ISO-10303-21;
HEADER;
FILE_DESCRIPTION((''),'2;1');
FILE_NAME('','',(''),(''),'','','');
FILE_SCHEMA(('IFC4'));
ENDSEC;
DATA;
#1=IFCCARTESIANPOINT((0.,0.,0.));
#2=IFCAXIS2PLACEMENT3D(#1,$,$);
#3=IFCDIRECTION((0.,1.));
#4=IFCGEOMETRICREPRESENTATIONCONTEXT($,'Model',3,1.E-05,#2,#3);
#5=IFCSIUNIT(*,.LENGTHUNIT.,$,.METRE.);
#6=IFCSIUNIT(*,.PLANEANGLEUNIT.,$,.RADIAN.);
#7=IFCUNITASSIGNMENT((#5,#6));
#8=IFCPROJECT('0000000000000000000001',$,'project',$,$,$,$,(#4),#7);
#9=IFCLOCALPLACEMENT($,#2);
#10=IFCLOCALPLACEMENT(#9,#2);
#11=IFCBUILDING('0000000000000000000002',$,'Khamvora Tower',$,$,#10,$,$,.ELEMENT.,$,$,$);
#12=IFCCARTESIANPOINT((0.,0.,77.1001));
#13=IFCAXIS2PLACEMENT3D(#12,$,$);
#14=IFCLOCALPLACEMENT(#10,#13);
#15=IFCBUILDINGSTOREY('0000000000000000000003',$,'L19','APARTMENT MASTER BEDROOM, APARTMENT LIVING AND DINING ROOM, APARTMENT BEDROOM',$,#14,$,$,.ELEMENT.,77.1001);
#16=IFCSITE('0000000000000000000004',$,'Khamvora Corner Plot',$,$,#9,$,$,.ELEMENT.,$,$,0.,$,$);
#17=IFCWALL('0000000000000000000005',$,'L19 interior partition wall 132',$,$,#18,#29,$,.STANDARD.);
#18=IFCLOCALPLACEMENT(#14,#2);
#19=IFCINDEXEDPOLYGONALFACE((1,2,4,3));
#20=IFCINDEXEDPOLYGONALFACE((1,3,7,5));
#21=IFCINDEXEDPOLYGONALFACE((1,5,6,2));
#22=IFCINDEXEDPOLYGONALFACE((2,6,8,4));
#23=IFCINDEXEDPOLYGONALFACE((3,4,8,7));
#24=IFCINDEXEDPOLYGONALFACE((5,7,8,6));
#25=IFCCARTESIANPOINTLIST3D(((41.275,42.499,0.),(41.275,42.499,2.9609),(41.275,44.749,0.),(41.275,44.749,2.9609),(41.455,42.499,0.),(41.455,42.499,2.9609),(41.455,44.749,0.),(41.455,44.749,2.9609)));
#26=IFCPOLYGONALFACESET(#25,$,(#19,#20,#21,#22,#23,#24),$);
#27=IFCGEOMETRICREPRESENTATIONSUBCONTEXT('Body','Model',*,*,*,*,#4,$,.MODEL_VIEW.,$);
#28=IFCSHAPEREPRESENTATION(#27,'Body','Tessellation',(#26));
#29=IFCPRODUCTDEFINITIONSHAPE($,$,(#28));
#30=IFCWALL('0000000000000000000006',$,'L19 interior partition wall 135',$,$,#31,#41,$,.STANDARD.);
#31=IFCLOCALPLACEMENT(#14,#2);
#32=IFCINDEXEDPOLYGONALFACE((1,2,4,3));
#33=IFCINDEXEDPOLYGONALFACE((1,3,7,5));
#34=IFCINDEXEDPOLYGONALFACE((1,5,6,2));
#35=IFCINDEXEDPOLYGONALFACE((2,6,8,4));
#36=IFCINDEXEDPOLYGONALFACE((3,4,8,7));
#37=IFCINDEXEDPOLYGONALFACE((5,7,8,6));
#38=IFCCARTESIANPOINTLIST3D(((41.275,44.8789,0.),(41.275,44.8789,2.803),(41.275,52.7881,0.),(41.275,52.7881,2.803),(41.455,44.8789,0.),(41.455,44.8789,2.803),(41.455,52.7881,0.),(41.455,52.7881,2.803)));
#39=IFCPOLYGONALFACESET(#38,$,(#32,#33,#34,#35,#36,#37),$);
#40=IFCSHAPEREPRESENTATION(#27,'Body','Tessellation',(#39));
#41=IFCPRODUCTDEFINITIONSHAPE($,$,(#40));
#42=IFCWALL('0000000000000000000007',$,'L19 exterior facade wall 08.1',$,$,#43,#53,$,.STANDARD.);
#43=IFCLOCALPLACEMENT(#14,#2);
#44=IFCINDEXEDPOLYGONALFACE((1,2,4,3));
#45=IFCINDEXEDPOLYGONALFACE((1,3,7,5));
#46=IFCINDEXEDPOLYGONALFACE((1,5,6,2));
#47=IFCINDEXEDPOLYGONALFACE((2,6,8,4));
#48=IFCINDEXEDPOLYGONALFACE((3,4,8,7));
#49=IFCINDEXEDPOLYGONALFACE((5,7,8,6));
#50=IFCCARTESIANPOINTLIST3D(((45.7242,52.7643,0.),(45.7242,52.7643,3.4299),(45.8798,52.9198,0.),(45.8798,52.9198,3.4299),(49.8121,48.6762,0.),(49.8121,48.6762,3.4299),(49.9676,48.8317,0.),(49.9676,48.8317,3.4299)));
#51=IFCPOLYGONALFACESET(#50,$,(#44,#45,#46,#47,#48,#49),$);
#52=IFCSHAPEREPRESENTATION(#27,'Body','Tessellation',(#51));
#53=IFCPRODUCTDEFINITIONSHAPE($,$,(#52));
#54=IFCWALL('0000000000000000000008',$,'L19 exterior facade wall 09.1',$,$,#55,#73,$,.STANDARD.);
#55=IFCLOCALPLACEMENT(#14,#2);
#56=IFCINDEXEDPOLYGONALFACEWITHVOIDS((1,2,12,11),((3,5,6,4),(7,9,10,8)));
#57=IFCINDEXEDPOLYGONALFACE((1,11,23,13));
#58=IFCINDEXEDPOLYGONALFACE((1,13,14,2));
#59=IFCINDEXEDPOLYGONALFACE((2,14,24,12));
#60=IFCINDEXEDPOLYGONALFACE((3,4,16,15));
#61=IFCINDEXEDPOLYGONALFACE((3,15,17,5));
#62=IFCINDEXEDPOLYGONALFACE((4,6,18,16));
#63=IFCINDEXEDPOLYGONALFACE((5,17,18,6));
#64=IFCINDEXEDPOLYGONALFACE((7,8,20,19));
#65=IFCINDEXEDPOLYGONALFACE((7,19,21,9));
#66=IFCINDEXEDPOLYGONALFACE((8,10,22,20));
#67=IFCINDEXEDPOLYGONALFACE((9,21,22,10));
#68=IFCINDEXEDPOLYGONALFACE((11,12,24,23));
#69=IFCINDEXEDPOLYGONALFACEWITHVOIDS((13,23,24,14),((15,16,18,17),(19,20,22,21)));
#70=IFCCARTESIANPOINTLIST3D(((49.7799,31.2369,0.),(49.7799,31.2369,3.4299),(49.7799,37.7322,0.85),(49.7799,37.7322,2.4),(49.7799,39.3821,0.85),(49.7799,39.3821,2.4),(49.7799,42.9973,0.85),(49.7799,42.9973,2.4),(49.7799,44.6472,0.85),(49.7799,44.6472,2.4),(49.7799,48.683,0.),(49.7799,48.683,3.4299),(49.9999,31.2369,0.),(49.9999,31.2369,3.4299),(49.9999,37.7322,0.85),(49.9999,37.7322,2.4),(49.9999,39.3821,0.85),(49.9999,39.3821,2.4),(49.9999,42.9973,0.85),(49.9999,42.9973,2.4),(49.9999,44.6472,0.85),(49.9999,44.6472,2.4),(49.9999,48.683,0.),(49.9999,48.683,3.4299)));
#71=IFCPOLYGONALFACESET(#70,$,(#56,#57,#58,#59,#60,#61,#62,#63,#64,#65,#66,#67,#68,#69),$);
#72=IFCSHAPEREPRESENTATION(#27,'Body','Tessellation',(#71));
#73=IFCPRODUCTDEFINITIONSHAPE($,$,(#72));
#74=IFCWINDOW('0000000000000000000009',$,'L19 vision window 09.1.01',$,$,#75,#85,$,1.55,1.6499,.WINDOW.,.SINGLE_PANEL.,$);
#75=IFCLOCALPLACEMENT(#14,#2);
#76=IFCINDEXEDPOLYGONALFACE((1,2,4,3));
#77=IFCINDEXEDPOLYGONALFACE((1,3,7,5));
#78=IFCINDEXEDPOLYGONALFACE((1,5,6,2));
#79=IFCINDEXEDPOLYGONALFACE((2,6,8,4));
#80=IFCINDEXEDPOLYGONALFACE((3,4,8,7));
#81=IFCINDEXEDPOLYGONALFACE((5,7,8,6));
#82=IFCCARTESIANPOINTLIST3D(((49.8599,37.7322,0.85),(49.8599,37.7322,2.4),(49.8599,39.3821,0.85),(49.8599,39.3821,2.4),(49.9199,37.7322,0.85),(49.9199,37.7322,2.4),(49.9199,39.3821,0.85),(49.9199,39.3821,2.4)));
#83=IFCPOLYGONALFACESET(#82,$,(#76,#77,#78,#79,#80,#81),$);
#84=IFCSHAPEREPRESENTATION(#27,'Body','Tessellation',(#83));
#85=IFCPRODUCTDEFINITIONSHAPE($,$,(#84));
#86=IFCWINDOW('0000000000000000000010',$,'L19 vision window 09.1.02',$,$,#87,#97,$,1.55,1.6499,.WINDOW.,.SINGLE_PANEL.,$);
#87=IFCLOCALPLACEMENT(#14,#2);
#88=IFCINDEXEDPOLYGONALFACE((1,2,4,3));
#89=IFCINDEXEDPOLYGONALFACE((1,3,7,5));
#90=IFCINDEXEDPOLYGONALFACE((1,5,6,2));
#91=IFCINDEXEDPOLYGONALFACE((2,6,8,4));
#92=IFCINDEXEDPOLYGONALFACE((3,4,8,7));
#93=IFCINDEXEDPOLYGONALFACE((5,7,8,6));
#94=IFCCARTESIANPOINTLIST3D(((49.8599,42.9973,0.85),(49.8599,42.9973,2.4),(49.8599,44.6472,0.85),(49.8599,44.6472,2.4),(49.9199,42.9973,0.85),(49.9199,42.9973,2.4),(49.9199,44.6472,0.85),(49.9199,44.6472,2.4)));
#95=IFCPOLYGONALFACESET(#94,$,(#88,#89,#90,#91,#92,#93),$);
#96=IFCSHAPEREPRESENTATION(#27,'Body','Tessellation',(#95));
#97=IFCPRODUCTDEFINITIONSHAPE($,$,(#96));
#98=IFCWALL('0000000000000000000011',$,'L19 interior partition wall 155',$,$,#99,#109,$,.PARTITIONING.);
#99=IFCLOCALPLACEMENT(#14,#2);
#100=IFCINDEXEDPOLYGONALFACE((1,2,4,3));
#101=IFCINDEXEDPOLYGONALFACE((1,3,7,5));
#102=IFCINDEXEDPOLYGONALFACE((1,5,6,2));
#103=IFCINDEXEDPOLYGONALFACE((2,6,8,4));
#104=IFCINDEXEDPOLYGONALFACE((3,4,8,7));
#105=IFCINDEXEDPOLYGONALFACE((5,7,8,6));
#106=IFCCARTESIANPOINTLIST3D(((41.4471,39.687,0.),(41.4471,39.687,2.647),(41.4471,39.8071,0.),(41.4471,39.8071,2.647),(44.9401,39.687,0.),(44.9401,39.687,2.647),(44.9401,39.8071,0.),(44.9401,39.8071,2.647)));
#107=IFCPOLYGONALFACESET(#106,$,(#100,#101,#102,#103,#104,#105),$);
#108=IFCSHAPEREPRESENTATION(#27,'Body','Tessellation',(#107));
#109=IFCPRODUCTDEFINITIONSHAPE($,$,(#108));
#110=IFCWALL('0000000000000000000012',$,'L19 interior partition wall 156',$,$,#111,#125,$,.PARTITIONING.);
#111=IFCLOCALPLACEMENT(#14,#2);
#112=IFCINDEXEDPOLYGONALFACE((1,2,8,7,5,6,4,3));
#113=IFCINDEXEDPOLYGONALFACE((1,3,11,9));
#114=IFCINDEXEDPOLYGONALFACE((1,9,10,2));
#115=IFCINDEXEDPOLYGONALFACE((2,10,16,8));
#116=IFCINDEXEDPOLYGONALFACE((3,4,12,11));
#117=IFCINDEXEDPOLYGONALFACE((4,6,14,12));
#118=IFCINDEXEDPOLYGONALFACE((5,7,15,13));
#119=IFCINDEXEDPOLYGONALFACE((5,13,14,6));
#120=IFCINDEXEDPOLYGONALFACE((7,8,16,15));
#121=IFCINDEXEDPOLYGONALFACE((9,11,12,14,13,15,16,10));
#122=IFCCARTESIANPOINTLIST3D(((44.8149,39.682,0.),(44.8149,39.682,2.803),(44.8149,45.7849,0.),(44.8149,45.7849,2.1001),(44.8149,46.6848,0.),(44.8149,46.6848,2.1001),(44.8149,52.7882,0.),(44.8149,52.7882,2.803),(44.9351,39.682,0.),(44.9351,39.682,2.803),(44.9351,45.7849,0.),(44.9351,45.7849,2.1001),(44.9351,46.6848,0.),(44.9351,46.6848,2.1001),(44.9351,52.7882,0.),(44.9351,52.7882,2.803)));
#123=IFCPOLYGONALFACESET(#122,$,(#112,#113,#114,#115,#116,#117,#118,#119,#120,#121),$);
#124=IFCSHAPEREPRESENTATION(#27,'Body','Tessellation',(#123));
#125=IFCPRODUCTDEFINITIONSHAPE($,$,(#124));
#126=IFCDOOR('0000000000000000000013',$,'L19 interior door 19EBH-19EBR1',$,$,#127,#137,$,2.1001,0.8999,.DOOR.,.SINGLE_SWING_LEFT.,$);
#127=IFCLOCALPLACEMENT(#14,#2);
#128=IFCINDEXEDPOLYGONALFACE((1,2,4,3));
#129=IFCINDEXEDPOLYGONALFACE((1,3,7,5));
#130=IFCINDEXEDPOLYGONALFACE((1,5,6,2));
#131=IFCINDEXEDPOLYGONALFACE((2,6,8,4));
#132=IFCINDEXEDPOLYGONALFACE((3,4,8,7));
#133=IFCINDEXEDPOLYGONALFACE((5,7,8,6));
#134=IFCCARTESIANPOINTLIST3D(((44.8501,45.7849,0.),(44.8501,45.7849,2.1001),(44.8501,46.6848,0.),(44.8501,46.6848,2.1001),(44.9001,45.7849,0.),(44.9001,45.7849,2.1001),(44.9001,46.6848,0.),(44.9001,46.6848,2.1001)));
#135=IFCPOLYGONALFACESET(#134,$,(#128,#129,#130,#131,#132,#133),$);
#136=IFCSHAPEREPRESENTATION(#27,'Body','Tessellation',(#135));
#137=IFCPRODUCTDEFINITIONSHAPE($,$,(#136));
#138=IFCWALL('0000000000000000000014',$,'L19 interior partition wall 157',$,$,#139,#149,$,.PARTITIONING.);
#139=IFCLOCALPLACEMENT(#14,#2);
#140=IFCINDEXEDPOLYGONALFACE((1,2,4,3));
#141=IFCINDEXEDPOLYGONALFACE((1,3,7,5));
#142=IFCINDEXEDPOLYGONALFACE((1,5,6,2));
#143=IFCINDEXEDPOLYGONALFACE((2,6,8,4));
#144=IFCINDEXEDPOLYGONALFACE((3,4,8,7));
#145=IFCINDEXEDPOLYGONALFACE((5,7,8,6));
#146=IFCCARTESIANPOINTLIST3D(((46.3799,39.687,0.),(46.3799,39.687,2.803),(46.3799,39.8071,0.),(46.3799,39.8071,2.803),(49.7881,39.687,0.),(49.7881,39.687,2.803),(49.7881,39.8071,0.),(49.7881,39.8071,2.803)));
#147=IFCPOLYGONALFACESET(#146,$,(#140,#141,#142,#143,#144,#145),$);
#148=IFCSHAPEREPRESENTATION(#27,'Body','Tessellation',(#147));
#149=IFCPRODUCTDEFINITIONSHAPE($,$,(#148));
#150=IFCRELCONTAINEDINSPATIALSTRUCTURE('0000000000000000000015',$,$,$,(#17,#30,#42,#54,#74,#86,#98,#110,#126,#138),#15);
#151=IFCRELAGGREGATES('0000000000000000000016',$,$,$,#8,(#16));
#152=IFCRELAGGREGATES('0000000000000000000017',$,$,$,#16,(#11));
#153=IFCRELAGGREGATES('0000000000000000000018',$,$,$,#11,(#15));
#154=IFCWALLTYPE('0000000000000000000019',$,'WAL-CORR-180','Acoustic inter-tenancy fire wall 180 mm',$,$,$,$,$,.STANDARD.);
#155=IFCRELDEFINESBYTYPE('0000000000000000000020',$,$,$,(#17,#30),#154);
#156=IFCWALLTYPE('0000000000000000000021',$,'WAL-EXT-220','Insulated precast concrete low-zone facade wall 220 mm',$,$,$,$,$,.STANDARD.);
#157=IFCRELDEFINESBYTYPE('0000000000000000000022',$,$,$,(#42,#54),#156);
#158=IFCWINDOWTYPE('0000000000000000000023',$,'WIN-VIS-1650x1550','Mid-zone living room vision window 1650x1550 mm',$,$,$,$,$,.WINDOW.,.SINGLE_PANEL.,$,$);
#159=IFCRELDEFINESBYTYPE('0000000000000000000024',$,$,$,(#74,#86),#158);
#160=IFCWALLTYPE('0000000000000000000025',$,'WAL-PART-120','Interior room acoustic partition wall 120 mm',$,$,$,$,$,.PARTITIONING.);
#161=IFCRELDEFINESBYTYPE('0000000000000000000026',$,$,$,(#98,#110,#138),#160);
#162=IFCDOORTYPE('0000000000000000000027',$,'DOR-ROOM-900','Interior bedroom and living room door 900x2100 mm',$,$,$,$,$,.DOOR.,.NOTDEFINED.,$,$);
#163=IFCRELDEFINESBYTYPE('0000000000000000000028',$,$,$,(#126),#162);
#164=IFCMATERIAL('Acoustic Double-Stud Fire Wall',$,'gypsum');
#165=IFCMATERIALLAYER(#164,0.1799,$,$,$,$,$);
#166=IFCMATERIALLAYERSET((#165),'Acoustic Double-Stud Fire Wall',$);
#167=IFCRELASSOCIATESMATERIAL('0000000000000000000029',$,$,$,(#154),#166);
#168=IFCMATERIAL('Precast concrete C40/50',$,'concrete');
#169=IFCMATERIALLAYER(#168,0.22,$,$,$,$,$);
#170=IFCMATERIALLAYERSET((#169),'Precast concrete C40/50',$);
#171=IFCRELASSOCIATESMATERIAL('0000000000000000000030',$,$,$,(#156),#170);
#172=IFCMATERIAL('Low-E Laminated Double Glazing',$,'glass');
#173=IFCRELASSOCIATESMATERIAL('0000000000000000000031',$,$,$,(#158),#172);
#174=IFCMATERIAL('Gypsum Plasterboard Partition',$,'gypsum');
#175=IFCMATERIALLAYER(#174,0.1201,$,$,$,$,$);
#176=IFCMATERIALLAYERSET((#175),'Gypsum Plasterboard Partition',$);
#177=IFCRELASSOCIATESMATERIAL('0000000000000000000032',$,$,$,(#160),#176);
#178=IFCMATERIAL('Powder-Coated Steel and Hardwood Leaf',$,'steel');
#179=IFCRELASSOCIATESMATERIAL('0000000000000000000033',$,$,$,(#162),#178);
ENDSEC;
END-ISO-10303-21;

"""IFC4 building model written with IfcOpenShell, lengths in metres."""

from ifc_helpers import new_model, si_unit, direction, frame, frame_2d, origin, place, context, subcontext, project, spatial, rectangle, extrude, material, layer, layer_set, type_object, element, fill, save


model = new_model("IFC4")

# Units and contexts
model_context = context("Model", 3, precision=1e-05, world=origin(), true_north=direction((0.0, 1.0)))
body_context = subcontext(model_context, "Body", "Model", "MODEL_VIEW")
ifc_project = project(units=[si_unit("LENGTHUNIT", "METRE"), si_unit("PLANEANGLEUNIT", "RADIAN")], contexts=[model_context])

# Site, building, storey
site_placement = place(None, origin())
site = spatial("IfcSite", under=ifc_project, at=site_placement, Name="Khamvora Corner Plot", CompositionType="ELEMENT", RefElevation=0.0)
building_placement = place(site_placement, origin())
building = spatial("IfcBuilding", under=site, at=building_placement, Name="Khamvora Tower", CompositionType="ELEMENT")
storey_placement = place(building_placement, frame((0.0, 0.0, 77.1001)))
storey = spatial("IfcBuildingStorey", under=building, at=storey_placement, Name="L19", Description="APARTMENT MASTER BEDROOM, APARTMENT LIVING AND DINING ROOM, APARTMENT BEDROOM", CompositionType="ELEMENT", Elevation=77.1001)

# Walls
ifc_material_1 = material(Name="Acoustic Double-Stud Fire Wall", Category="gypsum")
ifc_layer_1 = layer(ifc_material_1, 0.1799)
ifc_layer_set_1 = layer_set([ifc_layer_1], Name="Acoustic Double-Stud Fire Wall")
wall_type_1 = type_object("IfcWallType", Name="WAL-CORR-180", Description="Acoustic inter-tenancy fire wall 180 mm", PredefinedType="STANDARD", material=ifc_layer_set_1)
wall_1_placement = place(storey_placement, frame((41.365, 44.749, 0.0), z_axis=(0.0, 0.0, 1.0), x_axis=(0.0, -1.0, 0.0)))
element("IfcWall", 1, at=wall_1_placement, inside=storey, type_object=wall_type_1, Name="L19 interior partition wall 132", PredefinedType="STANDARD", context=body_context, shape_type="SweptSolid", body=[
    extrude(rectangle(XDim=2.25, YDim=0.1799, at=frame_2d((1.125, 0.0))), origin(), (0.0, 0.0, 1.0), 2.9609),
])
wall_2_placement = place(storey_placement, frame((41.365, 52.7881, 0.0), z_axis=(0.0, 0.0, 1.0), x_axis=(0.0, -1.0, 0.0)))
element("IfcWall", 2, at=wall_2_placement, inside=storey, type_object=wall_type_1, Name="L19 interior partition wall 135", PredefinedType="STANDARD", context=body_context, shape_type="SweptSolid", body=[
    extrude(rectangle(XDim=7.9092, YDim=0.1799, at=frame_2d((3.9546, 0.0))), origin(), (0.0, 0.0, 1.0), 2.803),
])
ifc_material_2 = material(Name="Precast concrete C40/50", Category="concrete")
ifc_layer_2 = layer(ifc_material_2, 0.22)
ifc_layer_set_2 = layer_set([ifc_layer_2], Name="Precast concrete C40/50")
wall_type_2 = type_object("IfcWallType", Name="WAL-EXT-220", Description="Insulated precast concrete low-zone facade wall 220 mm", PredefinedType="STANDARD", material=ifc_layer_set_2)
wall_3_placement = place(storey_placement, frame((45.802, 52.842, 0.0), z_axis=(0.0, 0.0, 1.0), x_axis=(0.707086, -0.707128, 0.0)))
element("IfcWall", 3, at=wall_3_placement, inside=storey, type_object=wall_type_2, Name="L19 exterior facade wall 08.1", PredefinedType="STANDARD", context=body_context, shape_type="SweptSolid", body=[
    extrude(rectangle(XDim=5.7812, YDim=0.22, at=frame_2d((2.8906, 0.0))), origin(), (0.0, 0.0, 1.0), 3.4299),
])

# Wall, openings, windows
wall_4_placement = place(storey_placement, frame((49.8899, 48.6831, 0.0), z_axis=(0.0, 0.0, 1.0), x_axis=(0.0, -1.0, 0.0)))
wall_4 = element("IfcWall", 4, at=wall_4_placement, inside=storey, type_object=wall_type_2, Name="L19 exterior facade wall 09.1", PredefinedType="STANDARD", context=body_context, shape_type="SweptSolid", body=[
    extrude(rectangle(XDim=17.446, YDim=0.22, at=frame_2d((8.7231, 0.0))), origin(), (0.0, 0.0, 1.0), 3.4299),
])
opening_1_placement = place(wall_4_placement, frame((9.301, 0.0, 0.8501)))
opening_1 = element("IfcOpeningElement", 5, at=opening_1_placement, cuts=wall_4, PredefinedType="OPENING", context=body_context, shape_type="SweptSolid", body=[
    extrude(rectangle(XDim=1.6499, YDim=1.55, at=frame_2d((0.825, 0.7749))), frame((0.0, 0.1199, 0.0), z_axis=(0.0, -1.0, 0.0), x_axis=(1.0, 0.0, 0.0)), (0.0, 0.0, 1.0), 0.24),
])
opening_2_placement = place(wall_4_placement, frame((4.0359, 0.0, 0.8501)))
opening_2 = element("IfcOpeningElement", 6, at=opening_2_placement, cuts=wall_4, PredefinedType="OPENING", context=body_context, shape_type="SweptSolid", body=[
    extrude(rectangle(XDim=1.6499, YDim=1.55, at=frame_2d((0.825, 0.7749))), frame((0.0, 0.1199, 0.0), z_axis=(0.0, -1.0, 0.0), x_axis=(1.0, 0.0, 0.0)), (0.0, 0.0, 1.0), 0.24),
])
ifc_material_3 = material(Name="Low-E Laminated Double Glazing", Category="glass")
window_type = type_object("IfcWindowType", Name="WIN-VIS-1650x1550", Description="Mid-zone living room vision window 1650x1550 mm", PartitioningType="SINGLE_PANEL", PredefinedType="WINDOW", material=ifc_material_3)
window_1_placement = place(opening_1_placement, origin())
window_1 = element("IfcWindow", 7, at=window_1_placement, inside=storey, type_object=window_type, Name="L19 vision window 09.1.01", OverallHeight=1.55, OverallWidth=1.6499, PartitioningType="SINGLE_PANEL", PredefinedType="WINDOW", context=body_context, shape_type="SweptSolid", body=[
    extrude(rectangle(XDim=1.6499, YDim=1.55, at=frame_2d((0.825, 0.7749))), frame((0.0, 0.03, 0.0), z_axis=(0.0, -1.0, 0.0), x_axis=(1.0, 0.0, 0.0)), (0.0, 0.0, 1.0), 0.0601),
])
fill(opening_1, window_1)
window_2_placement = place(opening_2_placement, origin())
window_2 = element("IfcWindow", 8, at=window_2_placement, inside=storey, type_object=window_type, Name="L19 vision window 09.1.02", OverallHeight=1.55, OverallWidth=1.6499, PartitioningType="SINGLE_PANEL", PredefinedType="WINDOW", context=body_context, shape_type="SweptSolid", body=[
    extrude(rectangle(XDim=1.6499, YDim=1.55, at=frame_2d((0.825, 0.7749))), frame((0.0, 0.03, 0.0), z_axis=(0.0, -1.0, 0.0), x_axis=(1.0, 0.0, 0.0)), (0.0, 0.0, 1.0), 0.0601),
])
fill(opening_2, window_2)

# Wall
ifc_material_4 = material(Name="Gypsum Plasterboard Partition", Category="gypsum")
ifc_layer_3 = layer(ifc_material_4, 0.1201)
ifc_layer_set_3 = layer_set([ifc_layer_3], Name="Gypsum Plasterboard Partition")
wall_type_3 = type_object("IfcWallType", Name="WAL-PART-120", Description="Interior room acoustic partition wall 120 mm", PredefinedType="PARTITIONING", material=ifc_layer_set_3)
wall_5_placement = place(storey_placement, frame((41.447, 39.7471, 0.0), z_axis=(0.0, 0.0, 1.0), x_axis=(1.0, 0.0, 0.0)))
element("IfcWall", 9, at=wall_5_placement, inside=storey, type_object=wall_type_3, Name="L19 interior partition wall 155", PredefinedType="PARTITIONING", context=body_context, shape_type="SweptSolid", body=[
    extrude(rectangle(XDim=3.4929, YDim=0.1201, at=frame_2d((1.7466, 0.0))), origin(), (0.0, 0.0, 1.0), 2.647),
])

# Wall, opening, door
wall_6_placement = place(storey_placement, frame((44.875, 39.6819, 0.0), z_axis=(0.0, 0.0, 1.0), x_axis=(0.0, 1.0, 0.0)))
wall_6 = element("IfcWall", 10, at=wall_6_placement, inside=storey, type_object=wall_type_3, Name="L19 interior partition wall 156", PredefinedType="PARTITIONING", context=body_context, shape_type="SweptSolid", body=[
    extrude(rectangle(XDim=13.1062, YDim=0.1201, at=frame_2d((6.5532, 0.0))), origin(), (0.0, 0.0, 1.0), 2.803),
])
opening_3_placement = place(wall_6_placement, frame((6.103, 0.0, 0.0)))
opening_3 = element("IfcOpeningElement", 11, at=opening_3_placement, cuts=wall_6, PredefinedType="OPENING", context=body_context, shape_type="SweptSolid", body=[
    extrude(rectangle(XDim=0.8999, YDim=2.1001, at=frame_2d((0.45, 1.05))), frame((0.0, 0.0701, 0.0), z_axis=(0.0, -1.0, 0.0), x_axis=(1.0, 0.0, 0.0)), (0.0, 0.0, 1.0), 0.1401),
])
ifc_material_5 = material(Name="Powder-Coated Steel and Hardwood Leaf", Category="steel")
door_type_1 = type_object("IfcDoorType", Name="DOR-ROOM-900", Description="Interior bedroom and living room door 900x2100 mm", OperationType="NOTDEFINED", PredefinedType="DOOR", material=ifc_material_5)
door_1_placement = place(opening_3_placement, origin())
door_1 = element("IfcDoor", 12, at=door_1_placement, inside=storey, type_object=door_type_1, Name="L19 interior door 19EBH-19EBR1", OperationType="SINGLE_SWING_LEFT", OverallHeight=2.1001, OverallWidth=0.8999, PredefinedType="DOOR", context=body_context, shape_type="SweptSolid", body=[
    extrude(rectangle(XDim=0.8999, YDim=2.1001, at=frame_2d((0.45, 1.05))), frame((0.0, 0.0249, 0.0), z_axis=(0.0, -1.0, 0.0), x_axis=(1.0, 0.0, 0.0)), (0.0, 0.0, 1.0), 0.05),
])
fill(opening_3, door_1)

# Wall
wall_7_placement = place(storey_placement, frame((46.3799, 39.7471, 0.0), z_axis=(0.0, 0.0, 1.0), x_axis=(1.0, 0.0, 0.0)))
element("IfcWall", 13, at=wall_7_placement, inside=storey, type_object=wall_type_3, Name="L19 interior partition wall 157", PredefinedType="PARTITIONING", context=body_context, shape_type="SweptSolid", body=[
    extrude(rectangle(XDim=3.4082, YDim=0.1201, at=frame_2d((1.7041, 0.0))), origin(), (0.0, 0.0, 1.0), 2.803),
])

save(model, "model.ifc")
